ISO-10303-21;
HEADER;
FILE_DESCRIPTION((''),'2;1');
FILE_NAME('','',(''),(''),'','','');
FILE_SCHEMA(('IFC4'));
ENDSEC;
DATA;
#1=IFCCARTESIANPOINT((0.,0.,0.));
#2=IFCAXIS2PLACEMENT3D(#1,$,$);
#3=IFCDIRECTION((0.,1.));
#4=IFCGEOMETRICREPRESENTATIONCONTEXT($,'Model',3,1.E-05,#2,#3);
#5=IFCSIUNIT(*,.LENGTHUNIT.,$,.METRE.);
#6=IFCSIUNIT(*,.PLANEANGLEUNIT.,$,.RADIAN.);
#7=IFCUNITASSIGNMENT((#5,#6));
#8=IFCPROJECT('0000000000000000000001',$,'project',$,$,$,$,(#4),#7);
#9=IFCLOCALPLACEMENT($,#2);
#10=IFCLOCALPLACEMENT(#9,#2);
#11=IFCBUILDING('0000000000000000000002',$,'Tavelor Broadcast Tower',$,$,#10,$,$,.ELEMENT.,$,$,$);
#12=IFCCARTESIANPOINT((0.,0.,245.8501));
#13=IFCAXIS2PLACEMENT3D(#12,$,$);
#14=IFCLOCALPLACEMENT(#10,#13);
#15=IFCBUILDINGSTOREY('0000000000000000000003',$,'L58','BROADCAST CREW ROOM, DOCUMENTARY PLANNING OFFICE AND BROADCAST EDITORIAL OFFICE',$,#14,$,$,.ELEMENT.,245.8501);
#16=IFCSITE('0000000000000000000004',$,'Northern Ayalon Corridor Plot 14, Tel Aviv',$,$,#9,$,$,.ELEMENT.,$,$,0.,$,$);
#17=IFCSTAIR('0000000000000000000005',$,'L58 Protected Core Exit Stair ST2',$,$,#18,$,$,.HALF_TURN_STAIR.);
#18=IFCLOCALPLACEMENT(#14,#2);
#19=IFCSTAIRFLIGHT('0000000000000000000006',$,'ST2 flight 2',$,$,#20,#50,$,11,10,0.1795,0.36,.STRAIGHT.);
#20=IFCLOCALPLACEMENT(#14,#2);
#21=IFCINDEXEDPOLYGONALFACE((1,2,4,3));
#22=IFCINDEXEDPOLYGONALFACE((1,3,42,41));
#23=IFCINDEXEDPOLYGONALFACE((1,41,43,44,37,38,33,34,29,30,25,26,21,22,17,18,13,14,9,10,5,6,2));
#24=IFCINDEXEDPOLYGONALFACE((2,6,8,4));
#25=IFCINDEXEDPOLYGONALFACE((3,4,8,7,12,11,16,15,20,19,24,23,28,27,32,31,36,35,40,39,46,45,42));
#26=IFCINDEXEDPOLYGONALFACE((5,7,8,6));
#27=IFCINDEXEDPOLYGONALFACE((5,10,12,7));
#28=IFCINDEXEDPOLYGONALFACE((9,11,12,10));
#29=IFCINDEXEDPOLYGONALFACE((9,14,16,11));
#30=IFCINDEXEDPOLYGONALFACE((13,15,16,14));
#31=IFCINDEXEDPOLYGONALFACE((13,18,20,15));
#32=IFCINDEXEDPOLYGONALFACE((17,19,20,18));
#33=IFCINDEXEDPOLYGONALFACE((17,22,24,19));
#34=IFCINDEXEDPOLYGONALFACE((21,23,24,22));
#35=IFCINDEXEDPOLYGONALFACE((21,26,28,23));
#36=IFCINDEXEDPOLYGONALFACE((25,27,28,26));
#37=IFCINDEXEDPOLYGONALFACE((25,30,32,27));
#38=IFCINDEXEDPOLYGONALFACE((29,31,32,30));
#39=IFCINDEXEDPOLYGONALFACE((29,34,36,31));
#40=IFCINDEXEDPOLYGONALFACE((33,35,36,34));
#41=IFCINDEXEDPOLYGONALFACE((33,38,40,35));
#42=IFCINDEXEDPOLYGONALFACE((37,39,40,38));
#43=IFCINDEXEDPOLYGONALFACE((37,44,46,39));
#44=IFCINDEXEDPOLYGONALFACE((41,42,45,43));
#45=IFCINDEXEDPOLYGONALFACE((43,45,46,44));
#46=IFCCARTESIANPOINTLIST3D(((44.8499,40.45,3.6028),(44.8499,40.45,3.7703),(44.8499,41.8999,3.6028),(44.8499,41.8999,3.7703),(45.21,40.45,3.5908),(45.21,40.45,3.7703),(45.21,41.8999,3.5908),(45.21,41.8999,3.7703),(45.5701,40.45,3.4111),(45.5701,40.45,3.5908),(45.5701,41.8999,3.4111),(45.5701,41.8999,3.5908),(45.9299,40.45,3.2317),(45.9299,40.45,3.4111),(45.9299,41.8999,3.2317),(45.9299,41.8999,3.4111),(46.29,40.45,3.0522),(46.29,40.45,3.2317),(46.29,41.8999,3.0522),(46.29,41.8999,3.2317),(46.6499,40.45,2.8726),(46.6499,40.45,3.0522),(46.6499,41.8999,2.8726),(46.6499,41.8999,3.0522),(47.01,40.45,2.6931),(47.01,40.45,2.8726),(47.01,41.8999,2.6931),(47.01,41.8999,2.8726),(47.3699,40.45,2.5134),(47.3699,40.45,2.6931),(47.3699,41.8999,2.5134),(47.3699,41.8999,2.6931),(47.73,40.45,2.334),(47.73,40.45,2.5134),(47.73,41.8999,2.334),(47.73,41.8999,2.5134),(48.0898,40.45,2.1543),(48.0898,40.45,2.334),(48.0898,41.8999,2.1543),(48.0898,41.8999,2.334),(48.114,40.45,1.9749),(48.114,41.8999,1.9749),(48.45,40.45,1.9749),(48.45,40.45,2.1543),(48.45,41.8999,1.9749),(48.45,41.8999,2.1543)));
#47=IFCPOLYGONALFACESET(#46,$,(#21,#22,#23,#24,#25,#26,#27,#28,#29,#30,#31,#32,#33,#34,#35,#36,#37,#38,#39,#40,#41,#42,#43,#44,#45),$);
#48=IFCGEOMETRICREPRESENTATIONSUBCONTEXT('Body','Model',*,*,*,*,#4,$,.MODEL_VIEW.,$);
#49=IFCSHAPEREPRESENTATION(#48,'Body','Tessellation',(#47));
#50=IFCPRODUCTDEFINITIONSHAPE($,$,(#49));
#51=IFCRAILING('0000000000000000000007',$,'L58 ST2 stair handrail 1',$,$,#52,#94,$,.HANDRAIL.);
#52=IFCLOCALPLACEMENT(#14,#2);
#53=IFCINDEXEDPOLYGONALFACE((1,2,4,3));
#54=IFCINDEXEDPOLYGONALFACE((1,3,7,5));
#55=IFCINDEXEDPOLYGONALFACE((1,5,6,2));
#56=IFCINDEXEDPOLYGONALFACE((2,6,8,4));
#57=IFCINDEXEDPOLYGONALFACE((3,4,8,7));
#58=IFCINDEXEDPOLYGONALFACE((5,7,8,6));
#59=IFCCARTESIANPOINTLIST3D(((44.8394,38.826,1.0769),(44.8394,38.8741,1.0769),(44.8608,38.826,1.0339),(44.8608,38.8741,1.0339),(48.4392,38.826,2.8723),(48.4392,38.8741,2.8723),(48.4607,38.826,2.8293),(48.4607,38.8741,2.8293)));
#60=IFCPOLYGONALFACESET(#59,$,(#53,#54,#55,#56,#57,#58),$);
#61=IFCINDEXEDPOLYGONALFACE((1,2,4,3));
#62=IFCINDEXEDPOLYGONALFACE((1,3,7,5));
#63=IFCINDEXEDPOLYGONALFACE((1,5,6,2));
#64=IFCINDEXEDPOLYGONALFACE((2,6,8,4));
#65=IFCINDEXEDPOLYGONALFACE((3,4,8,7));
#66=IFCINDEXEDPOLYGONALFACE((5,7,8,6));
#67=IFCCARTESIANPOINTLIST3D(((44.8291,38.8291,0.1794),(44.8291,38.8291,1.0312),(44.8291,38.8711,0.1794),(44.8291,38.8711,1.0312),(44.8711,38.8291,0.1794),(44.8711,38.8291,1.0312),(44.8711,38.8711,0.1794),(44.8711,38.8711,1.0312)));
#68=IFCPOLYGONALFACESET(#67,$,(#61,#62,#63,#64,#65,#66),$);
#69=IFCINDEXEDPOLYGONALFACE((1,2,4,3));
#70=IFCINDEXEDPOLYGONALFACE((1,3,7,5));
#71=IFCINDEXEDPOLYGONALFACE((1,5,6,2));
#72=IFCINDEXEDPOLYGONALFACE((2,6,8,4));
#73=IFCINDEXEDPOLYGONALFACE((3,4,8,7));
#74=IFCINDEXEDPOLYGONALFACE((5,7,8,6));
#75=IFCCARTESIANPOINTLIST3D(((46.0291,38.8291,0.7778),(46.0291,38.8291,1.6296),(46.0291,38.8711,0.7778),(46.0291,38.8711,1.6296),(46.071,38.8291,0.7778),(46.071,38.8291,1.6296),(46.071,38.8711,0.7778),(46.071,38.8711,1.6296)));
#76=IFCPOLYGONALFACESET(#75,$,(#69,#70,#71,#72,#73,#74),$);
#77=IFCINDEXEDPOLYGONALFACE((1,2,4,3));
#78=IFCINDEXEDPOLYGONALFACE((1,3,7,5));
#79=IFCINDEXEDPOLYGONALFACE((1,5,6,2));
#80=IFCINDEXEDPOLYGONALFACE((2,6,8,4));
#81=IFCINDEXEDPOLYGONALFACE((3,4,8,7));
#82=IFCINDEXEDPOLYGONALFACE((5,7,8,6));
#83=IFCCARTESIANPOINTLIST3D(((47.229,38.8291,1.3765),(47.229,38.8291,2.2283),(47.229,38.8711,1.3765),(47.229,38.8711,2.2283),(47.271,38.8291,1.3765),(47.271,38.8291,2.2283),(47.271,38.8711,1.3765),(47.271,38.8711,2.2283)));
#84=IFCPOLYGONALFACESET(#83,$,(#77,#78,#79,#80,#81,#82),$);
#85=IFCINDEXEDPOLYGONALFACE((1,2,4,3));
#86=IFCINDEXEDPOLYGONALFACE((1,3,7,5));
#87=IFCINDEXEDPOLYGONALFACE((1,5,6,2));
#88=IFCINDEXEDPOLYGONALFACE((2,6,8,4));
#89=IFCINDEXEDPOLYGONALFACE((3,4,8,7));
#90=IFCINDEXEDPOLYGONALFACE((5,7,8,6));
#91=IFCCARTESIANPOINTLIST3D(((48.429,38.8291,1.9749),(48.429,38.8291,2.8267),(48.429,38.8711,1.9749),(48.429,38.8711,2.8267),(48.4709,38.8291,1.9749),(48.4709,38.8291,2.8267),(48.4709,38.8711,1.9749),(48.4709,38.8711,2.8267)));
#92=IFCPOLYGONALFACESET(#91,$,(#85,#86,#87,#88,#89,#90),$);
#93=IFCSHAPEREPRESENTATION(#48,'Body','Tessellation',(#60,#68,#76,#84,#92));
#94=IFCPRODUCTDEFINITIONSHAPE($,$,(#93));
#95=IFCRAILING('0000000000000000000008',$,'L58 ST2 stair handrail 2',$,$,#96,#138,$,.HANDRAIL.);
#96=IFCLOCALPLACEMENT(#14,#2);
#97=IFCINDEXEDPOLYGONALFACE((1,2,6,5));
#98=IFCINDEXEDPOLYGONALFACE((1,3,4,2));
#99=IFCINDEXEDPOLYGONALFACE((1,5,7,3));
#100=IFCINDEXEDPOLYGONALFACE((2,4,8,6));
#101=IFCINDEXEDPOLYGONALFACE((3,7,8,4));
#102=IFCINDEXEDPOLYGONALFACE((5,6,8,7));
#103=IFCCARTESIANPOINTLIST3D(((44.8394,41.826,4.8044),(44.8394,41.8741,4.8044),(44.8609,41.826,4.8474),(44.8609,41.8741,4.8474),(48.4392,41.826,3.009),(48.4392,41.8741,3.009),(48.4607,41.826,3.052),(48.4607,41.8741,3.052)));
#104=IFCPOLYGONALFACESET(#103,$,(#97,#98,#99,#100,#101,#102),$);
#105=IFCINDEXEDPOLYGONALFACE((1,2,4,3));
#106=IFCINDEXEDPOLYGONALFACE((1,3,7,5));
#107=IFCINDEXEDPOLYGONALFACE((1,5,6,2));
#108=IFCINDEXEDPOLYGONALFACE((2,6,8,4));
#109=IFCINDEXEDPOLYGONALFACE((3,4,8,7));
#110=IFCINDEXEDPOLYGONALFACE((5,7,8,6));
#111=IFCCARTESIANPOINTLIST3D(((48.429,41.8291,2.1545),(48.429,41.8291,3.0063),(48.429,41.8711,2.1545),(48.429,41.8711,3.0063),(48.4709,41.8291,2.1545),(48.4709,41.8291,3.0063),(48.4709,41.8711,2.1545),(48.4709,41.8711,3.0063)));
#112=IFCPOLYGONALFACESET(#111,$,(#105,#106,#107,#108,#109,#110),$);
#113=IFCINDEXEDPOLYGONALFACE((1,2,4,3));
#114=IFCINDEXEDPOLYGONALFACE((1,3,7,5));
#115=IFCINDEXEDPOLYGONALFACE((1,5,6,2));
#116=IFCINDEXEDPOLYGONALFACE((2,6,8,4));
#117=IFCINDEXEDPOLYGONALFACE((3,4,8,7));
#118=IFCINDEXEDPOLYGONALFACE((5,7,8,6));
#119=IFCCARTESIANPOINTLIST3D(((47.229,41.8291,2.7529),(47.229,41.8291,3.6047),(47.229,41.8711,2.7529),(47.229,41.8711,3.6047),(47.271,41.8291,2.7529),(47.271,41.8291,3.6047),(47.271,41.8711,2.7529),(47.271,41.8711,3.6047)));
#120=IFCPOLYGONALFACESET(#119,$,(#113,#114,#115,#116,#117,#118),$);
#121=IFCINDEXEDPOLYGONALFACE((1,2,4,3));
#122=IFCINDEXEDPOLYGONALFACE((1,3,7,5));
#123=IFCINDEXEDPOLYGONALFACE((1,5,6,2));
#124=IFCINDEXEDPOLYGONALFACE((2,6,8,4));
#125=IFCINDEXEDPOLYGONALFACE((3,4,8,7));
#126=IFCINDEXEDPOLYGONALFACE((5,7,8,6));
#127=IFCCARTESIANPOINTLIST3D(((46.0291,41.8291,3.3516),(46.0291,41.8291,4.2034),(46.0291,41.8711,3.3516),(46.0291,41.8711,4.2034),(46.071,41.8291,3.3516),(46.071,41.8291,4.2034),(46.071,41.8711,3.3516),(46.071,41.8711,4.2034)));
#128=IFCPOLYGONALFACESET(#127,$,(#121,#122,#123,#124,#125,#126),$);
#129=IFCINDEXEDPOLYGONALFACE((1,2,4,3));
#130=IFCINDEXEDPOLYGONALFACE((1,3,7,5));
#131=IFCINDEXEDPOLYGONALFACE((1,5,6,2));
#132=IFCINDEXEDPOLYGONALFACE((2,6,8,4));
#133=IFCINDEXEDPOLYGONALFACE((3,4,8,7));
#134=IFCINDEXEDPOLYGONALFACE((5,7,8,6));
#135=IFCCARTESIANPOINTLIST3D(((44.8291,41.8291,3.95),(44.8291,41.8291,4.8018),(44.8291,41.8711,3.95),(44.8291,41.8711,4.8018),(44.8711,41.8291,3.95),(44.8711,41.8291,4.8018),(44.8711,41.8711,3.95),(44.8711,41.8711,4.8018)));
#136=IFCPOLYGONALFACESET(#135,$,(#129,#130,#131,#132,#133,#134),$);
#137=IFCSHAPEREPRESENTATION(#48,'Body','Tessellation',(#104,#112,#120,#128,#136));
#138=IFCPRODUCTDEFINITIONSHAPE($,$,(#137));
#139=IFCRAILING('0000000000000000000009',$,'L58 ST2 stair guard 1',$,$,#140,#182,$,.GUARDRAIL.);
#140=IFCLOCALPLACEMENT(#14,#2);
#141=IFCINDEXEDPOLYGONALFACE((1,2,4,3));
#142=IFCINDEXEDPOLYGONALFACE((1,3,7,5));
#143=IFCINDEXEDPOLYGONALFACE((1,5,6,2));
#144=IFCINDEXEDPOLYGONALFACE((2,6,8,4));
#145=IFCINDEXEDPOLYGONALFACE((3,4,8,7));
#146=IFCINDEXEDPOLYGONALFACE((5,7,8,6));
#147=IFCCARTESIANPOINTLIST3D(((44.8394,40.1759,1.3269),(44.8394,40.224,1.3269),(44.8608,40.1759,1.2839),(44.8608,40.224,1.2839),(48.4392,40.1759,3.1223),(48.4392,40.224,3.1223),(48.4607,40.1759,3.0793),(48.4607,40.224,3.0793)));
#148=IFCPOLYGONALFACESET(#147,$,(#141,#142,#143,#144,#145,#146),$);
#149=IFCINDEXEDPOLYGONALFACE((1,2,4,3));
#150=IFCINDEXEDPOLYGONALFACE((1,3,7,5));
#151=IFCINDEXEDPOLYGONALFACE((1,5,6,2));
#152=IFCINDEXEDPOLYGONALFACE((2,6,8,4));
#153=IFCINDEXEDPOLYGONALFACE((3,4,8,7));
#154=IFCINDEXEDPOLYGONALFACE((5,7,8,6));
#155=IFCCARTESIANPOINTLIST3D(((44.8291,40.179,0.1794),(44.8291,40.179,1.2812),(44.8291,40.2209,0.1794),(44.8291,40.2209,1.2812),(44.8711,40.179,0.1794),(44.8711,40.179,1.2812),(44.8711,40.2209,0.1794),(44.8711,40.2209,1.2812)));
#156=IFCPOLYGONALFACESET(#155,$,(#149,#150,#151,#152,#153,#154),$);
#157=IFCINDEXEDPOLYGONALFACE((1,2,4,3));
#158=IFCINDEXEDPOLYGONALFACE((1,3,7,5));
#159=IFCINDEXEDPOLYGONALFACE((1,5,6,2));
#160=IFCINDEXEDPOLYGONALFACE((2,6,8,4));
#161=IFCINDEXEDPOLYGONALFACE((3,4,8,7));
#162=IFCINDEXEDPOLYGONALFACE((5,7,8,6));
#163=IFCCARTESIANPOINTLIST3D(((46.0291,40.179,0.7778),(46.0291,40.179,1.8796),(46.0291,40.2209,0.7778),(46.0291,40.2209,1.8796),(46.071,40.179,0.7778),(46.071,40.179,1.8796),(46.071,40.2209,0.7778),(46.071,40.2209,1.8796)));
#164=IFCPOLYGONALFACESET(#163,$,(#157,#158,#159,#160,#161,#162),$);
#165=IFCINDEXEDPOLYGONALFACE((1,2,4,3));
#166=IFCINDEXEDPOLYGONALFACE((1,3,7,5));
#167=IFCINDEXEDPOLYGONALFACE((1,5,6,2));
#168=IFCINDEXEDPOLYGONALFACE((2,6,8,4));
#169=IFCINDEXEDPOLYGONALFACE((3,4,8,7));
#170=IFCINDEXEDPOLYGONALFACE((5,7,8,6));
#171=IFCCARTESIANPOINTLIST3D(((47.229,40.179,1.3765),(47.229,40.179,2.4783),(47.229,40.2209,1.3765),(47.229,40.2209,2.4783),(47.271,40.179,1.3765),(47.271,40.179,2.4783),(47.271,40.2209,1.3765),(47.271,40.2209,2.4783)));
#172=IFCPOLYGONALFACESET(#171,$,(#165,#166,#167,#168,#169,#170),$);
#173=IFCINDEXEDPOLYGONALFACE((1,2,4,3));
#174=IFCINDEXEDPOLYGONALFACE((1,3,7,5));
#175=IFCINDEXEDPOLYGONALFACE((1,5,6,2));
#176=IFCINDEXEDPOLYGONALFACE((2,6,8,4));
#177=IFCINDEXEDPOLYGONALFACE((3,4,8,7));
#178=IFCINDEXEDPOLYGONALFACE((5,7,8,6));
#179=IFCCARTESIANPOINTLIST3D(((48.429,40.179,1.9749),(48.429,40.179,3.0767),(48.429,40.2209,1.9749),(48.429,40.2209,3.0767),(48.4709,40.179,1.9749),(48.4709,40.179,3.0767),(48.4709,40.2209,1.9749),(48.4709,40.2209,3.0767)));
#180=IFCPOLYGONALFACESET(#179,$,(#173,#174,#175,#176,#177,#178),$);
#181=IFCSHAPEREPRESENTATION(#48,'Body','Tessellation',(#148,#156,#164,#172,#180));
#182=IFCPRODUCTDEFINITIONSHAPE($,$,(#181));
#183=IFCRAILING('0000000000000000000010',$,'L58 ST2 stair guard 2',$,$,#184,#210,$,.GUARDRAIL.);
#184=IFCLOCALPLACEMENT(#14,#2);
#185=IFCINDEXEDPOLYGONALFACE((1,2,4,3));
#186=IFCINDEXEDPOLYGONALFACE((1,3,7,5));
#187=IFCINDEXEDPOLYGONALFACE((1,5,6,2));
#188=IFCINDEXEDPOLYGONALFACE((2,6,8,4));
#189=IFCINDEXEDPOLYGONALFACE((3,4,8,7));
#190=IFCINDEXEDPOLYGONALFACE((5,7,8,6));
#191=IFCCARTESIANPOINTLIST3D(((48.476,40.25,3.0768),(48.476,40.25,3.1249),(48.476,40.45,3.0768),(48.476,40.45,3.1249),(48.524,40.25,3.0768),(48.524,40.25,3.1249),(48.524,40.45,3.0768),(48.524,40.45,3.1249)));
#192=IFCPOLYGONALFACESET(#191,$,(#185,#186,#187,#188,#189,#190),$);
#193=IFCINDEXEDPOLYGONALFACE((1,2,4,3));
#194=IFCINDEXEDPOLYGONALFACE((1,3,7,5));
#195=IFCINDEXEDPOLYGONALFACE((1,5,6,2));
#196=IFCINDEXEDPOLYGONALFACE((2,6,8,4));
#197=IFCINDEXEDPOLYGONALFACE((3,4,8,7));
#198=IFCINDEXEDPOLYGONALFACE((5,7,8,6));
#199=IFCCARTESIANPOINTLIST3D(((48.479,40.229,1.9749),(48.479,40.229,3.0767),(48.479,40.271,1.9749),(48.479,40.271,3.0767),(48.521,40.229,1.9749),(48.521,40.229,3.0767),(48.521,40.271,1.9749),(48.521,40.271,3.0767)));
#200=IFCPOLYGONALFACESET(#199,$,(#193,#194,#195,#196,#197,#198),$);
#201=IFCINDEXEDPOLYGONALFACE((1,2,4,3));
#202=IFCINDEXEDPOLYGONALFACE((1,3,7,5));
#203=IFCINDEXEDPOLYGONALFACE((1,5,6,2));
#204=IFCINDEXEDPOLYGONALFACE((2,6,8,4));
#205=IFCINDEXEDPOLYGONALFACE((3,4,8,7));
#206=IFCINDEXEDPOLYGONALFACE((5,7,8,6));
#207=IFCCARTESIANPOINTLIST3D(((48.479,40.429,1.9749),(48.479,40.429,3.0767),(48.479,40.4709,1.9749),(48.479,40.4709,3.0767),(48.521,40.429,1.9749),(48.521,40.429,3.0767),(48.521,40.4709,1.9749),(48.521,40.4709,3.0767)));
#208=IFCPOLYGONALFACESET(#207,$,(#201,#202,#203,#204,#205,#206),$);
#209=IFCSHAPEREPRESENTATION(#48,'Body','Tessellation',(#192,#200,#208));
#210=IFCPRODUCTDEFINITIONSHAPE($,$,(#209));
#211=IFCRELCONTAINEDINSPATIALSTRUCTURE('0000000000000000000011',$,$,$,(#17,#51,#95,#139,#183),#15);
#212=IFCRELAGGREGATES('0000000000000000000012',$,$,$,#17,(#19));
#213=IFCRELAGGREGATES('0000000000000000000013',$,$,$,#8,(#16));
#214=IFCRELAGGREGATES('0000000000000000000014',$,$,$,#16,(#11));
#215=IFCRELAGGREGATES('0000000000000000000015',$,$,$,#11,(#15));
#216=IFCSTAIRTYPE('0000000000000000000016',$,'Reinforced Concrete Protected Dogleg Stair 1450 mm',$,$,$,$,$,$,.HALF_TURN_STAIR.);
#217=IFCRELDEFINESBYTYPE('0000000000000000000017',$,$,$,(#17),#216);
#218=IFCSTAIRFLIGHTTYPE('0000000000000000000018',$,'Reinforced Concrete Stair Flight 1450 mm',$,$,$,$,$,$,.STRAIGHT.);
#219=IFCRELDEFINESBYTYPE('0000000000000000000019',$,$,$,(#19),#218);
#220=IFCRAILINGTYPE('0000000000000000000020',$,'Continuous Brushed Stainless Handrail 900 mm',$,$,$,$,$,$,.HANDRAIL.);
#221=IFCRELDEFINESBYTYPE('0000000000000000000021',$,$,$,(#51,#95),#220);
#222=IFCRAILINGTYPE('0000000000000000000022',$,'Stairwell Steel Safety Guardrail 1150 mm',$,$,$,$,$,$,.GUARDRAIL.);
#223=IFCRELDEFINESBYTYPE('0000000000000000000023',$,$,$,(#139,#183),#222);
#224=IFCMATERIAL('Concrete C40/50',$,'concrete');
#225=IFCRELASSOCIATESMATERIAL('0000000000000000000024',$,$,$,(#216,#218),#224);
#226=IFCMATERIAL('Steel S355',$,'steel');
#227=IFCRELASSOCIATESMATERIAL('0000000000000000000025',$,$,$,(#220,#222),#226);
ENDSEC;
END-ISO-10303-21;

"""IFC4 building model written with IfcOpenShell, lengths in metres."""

from ifc_helpers import new_model, si_unit, direction, frame, origin, origin_2d, place, context, subcontext, project, spatial, polyline, rectangle, outline, extrude, material, type_object, element, aggregate, save


model = new_model("IFC4")

# Units and contexts
model_context = context("Model", 3, precision=1e-05, world=origin(), true_north=direction((0.0, 1.0)))
body_context = subcontext(model_context, "Body", "Model", "MODEL_VIEW")
ifc_project = project(units=[si_unit("LENGTHUNIT", "METRE"), si_unit("PLANEANGLEUNIT", "RADIAN")], contexts=[model_context])

# Site, building, storey
site_placement = place(None, origin())
site = spatial("IfcSite", under=ifc_project, at=site_placement, Name="Northern Ayalon Corridor Plot 14, Tel Aviv", CompositionType="ELEMENT", RefElevation=0.0)
building_placement = place(site_placement, origin())
building = spatial("IfcBuilding", under=site, at=building_placement, Name="Tavelor Broadcast Tower", CompositionType="ELEMENT")
storey_placement = place(building_placement, frame((0.0, 0.0, 245.8501)))
storey = spatial("IfcBuildingStorey", under=building, at=storey_placement, Name="L58", Description="BROADCAST CREW ROOM, DOCUMENTARY PLANNING OFFICE AND BROADCAST EDITORIAL OFFICE", CompositionType="ELEMENT", Elevation=245.8501)

# Shared definitions
ifc_material_1 = material(Name="Concrete C40/50", Category="concrete")
ifc_material_2 = material(Name="Steel S355", Category="steel")

# Stair, stair flight
stair_type = type_object("IfcStairType", Name="Reinforced Concrete Protected Dogleg Stair 1450 mm", PredefinedType="HALF_TURN_STAIR", material=ifc_material_1)
stair_placement = place(storey_placement, origin())
stair = element("IfcStair", 1, at=stair_placement, inside=storey, type_object=stair_type, Name="L58 Protected Core Exit Stair ST2", PredefinedType="HALF_TURN_STAIR")
stair_flight_type = type_object("IfcStairFlightType", Name="Reinforced Concrete Stair Flight 1450 mm", PredefinedType="STRAIGHT", material=ifc_material_1)
stair_flight_1_placement = place(storey_placement, frame((48.45, 41.175, 1.9749), z_axis=(0.0, 0.0, 1.0), x_axis=(-1.0, 0.0, 0.0)))
stair_flight_1 = element("IfcStairFlight", 2, at=stair_flight_1_placement, type_object=stair_flight_type, Name="ST2 flight 2", NumberOfRisers=11, NumberOfTreads=10, PredefinedType="STRAIGHT", RiserHeight=0.1795, TreadLength=0.36, context=body_context, shape_type="SweptSolid", body=[
    extrude(outline(polyline([(0.0, 0.0), (0.0, 0.1794), (0.3601, 0.1794), (0.3601, 0.3591), (0.72, 0.3591), (0.72, 0.5386), (1.0801, 0.5386), (1.0801, 0.7183), (1.4399, 0.7183), (1.4399, 0.8977), (1.8, 0.8977), (1.8, 1.0774), (2.1599, 1.0774), (2.1599, 1.2568), (2.52, 1.2568), (2.52, 1.4363), (2.8799, 1.4363), (2.8799, 1.616), (3.24, 1.616), (3.24, 1.7954), (3.6001, 1.7954), (3.6001, 1.9751), (3.6001, 1.6279), (0.3359, 0.0), (0.0, 0.0)])), frame((0.0, 0.7251, 0.0), z_axis=(0.0, -1.0, 0.0), x_axis=(1.0, 0.0, 0.0)), (0.0, 0.0, 1.0), 1.45),
])
aggregate(stair, [stair_flight_1])

# Railings
railing_type_1 = type_object("IfcRailingType", Name="Continuous Brushed Stainless Handrail 900 mm", PredefinedType="HANDRAIL", material=ifc_material_2)
railing_1_placement = place(storey_placement, frame((44.8501, 38.8501, 0.1794)))
element("IfcRailing", 3, at=railing_1_placement, inside=storey, type_object=railing_type_1, Name="L58 ST2 stair handrail 1", PredefinedType="HANDRAIL", context=body_context, shape_type="SweptSolid", body=[
    extrude(rectangle(XDim=0.0481, YDim=0.0481, at=origin_2d()), frame((0.0, 0.0, 0.876), z_axis=(0.894876, 0.0, 0.446315), x_axis=(0.0, 1.0, 0.0)), (0.0, 0.0, 1.0), 4.0227),
    extrude(rectangle(XDim=0.042, YDim=0.042, at=origin_2d()), origin(), (0.0, 0.0, 1.0), 0.8518),
    extrude(rectangle(XDim=0.042, YDim=0.042, at=origin_2d()), frame((1.2, 0.0, 0.5984)), (0.0, 0.0, 1.0), 0.8518),
    extrude(rectangle(XDim=0.042, YDim=0.042, at=origin_2d()), frame((2.3999, 0.0, 1.197)), (0.0, 0.0, 1.0), 0.8518),
    extrude(rectangle(XDim=0.042, YDim=0.042, at=origin_2d()), frame((3.5999, 0.0, 1.7954)), (0.0, 0.0, 1.0), 0.8518),
])
railing_2_placement = place(storey_placement, frame((48.45, 41.8501, 2.1545)))
element("IfcRailing", 4, at=railing_2_placement, inside=storey, type_object=railing_type_1, Name="L58 ST2 stair handrail 2", PredefinedType="HANDRAIL", context=body_context, shape_type="SweptSolid", body=[
    extrude(rectangle(XDim=0.0481, YDim=0.0481, at=origin_2d()), frame((0.0, 0.0, 0.876), z_axis=(-0.894876, 0.0, 0.446315), x_axis=(0.0, -1.0, 0.0)), (0.0, 0.0, 1.0), 4.0227),
    extrude(rectangle(XDim=0.042, YDim=0.042, at=origin_2d()), origin(), (0.0, 0.0, 1.0), 0.8518),
    extrude(rectangle(XDim=0.042, YDim=0.042, at=origin_2d()), frame((-1.2, 0.0, 0.5984)), (0.0, 0.0, 1.0), 0.8518),
    extrude(rectangle(XDim=0.042, YDim=0.042, at=origin_2d()), frame((-2.3999, 0.0, 1.197)), (0.0, 0.0, 1.0), 0.8518),
    extrude(rectangle(XDim=0.042, YDim=0.042, at=origin_2d()), frame((-3.5999, 0.0, 1.7954)), (0.0, 0.0, 1.0), 0.8518),
])
railing_type_2 = type_object("IfcRailingType", Name="Stairwell Steel Safety Guardrail 1150 mm", PredefinedType="GUARDRAIL", material=ifc_material_2)
railing_3_placement = place(storey_placement, frame((44.8501, 40.2, 0.1794)))
element("IfcRailing", 5, at=railing_3_placement, inside=storey, type_object=railing_type_2, Name="L58 ST2 stair guard 1", PredefinedType="GUARDRAIL", context=body_context, shape_type="SweptSolid", body=[
    extrude(rectangle(XDim=0.0481, YDim=0.0481, at=origin_2d()), frame((0.0, 0.0, 1.126), z_axis=(0.894876, 0.0, 0.446315), x_axis=(0.0, 1.0, 0.0)), (0.0, 0.0, 1.0), 4.0227),
    extrude(rectangle(XDim=0.042, YDim=0.042, at=origin_2d()), origin(), (0.0, 0.0, 1.0), 1.1018),
    extrude(rectangle(XDim=0.042, YDim=0.042, at=origin_2d()), frame((1.2, 0.0, 0.5984)), (0.0, 0.0, 1.0), 1.1018),
    extrude(rectangle(XDim=0.042, YDim=0.042, at=origin_2d()), frame((2.3999, 0.0, 1.197)), (0.0, 0.0, 1.0), 1.1018),
    extrude(rectangle(XDim=0.042, YDim=0.042, at=origin_2d()), frame((3.5999, 0.0, 1.7954)), (0.0, 0.0, 1.0), 1.1018),
])
railing_4_placement = place(storey_placement, frame((48.5, 40.25, 1.9749)))
element("IfcRailing", 6, at=railing_4_placement, inside=storey, type_object=railing_type_2, Name="L58 ST2 stair guard 2", PredefinedType="GUARDRAIL", context=body_context, shape_type="SweptSolid", body=[
    extrude(rectangle(XDim=0.0481, YDim=0.0481, at=origin_2d()), frame((0.0, 0.0, 1.126), z_axis=(0.0, 1.0, 0.0), x_axis=(-1.0, 0.0, 0.0)), (0.0, 0.0, 1.0), 0.2),
    extrude(rectangle(XDim=0.042, YDim=0.042, at=origin_2d()), origin(), (0.0, 0.0, 1.0), 1.1018),
    extrude(rectangle(XDim=0.042, YDim=0.042, at=origin_2d()), frame((0.0, 0.2, 0.0)), (0.0, 0.0, 1.0), 1.1018),
])

save(model, "model.ifc")
